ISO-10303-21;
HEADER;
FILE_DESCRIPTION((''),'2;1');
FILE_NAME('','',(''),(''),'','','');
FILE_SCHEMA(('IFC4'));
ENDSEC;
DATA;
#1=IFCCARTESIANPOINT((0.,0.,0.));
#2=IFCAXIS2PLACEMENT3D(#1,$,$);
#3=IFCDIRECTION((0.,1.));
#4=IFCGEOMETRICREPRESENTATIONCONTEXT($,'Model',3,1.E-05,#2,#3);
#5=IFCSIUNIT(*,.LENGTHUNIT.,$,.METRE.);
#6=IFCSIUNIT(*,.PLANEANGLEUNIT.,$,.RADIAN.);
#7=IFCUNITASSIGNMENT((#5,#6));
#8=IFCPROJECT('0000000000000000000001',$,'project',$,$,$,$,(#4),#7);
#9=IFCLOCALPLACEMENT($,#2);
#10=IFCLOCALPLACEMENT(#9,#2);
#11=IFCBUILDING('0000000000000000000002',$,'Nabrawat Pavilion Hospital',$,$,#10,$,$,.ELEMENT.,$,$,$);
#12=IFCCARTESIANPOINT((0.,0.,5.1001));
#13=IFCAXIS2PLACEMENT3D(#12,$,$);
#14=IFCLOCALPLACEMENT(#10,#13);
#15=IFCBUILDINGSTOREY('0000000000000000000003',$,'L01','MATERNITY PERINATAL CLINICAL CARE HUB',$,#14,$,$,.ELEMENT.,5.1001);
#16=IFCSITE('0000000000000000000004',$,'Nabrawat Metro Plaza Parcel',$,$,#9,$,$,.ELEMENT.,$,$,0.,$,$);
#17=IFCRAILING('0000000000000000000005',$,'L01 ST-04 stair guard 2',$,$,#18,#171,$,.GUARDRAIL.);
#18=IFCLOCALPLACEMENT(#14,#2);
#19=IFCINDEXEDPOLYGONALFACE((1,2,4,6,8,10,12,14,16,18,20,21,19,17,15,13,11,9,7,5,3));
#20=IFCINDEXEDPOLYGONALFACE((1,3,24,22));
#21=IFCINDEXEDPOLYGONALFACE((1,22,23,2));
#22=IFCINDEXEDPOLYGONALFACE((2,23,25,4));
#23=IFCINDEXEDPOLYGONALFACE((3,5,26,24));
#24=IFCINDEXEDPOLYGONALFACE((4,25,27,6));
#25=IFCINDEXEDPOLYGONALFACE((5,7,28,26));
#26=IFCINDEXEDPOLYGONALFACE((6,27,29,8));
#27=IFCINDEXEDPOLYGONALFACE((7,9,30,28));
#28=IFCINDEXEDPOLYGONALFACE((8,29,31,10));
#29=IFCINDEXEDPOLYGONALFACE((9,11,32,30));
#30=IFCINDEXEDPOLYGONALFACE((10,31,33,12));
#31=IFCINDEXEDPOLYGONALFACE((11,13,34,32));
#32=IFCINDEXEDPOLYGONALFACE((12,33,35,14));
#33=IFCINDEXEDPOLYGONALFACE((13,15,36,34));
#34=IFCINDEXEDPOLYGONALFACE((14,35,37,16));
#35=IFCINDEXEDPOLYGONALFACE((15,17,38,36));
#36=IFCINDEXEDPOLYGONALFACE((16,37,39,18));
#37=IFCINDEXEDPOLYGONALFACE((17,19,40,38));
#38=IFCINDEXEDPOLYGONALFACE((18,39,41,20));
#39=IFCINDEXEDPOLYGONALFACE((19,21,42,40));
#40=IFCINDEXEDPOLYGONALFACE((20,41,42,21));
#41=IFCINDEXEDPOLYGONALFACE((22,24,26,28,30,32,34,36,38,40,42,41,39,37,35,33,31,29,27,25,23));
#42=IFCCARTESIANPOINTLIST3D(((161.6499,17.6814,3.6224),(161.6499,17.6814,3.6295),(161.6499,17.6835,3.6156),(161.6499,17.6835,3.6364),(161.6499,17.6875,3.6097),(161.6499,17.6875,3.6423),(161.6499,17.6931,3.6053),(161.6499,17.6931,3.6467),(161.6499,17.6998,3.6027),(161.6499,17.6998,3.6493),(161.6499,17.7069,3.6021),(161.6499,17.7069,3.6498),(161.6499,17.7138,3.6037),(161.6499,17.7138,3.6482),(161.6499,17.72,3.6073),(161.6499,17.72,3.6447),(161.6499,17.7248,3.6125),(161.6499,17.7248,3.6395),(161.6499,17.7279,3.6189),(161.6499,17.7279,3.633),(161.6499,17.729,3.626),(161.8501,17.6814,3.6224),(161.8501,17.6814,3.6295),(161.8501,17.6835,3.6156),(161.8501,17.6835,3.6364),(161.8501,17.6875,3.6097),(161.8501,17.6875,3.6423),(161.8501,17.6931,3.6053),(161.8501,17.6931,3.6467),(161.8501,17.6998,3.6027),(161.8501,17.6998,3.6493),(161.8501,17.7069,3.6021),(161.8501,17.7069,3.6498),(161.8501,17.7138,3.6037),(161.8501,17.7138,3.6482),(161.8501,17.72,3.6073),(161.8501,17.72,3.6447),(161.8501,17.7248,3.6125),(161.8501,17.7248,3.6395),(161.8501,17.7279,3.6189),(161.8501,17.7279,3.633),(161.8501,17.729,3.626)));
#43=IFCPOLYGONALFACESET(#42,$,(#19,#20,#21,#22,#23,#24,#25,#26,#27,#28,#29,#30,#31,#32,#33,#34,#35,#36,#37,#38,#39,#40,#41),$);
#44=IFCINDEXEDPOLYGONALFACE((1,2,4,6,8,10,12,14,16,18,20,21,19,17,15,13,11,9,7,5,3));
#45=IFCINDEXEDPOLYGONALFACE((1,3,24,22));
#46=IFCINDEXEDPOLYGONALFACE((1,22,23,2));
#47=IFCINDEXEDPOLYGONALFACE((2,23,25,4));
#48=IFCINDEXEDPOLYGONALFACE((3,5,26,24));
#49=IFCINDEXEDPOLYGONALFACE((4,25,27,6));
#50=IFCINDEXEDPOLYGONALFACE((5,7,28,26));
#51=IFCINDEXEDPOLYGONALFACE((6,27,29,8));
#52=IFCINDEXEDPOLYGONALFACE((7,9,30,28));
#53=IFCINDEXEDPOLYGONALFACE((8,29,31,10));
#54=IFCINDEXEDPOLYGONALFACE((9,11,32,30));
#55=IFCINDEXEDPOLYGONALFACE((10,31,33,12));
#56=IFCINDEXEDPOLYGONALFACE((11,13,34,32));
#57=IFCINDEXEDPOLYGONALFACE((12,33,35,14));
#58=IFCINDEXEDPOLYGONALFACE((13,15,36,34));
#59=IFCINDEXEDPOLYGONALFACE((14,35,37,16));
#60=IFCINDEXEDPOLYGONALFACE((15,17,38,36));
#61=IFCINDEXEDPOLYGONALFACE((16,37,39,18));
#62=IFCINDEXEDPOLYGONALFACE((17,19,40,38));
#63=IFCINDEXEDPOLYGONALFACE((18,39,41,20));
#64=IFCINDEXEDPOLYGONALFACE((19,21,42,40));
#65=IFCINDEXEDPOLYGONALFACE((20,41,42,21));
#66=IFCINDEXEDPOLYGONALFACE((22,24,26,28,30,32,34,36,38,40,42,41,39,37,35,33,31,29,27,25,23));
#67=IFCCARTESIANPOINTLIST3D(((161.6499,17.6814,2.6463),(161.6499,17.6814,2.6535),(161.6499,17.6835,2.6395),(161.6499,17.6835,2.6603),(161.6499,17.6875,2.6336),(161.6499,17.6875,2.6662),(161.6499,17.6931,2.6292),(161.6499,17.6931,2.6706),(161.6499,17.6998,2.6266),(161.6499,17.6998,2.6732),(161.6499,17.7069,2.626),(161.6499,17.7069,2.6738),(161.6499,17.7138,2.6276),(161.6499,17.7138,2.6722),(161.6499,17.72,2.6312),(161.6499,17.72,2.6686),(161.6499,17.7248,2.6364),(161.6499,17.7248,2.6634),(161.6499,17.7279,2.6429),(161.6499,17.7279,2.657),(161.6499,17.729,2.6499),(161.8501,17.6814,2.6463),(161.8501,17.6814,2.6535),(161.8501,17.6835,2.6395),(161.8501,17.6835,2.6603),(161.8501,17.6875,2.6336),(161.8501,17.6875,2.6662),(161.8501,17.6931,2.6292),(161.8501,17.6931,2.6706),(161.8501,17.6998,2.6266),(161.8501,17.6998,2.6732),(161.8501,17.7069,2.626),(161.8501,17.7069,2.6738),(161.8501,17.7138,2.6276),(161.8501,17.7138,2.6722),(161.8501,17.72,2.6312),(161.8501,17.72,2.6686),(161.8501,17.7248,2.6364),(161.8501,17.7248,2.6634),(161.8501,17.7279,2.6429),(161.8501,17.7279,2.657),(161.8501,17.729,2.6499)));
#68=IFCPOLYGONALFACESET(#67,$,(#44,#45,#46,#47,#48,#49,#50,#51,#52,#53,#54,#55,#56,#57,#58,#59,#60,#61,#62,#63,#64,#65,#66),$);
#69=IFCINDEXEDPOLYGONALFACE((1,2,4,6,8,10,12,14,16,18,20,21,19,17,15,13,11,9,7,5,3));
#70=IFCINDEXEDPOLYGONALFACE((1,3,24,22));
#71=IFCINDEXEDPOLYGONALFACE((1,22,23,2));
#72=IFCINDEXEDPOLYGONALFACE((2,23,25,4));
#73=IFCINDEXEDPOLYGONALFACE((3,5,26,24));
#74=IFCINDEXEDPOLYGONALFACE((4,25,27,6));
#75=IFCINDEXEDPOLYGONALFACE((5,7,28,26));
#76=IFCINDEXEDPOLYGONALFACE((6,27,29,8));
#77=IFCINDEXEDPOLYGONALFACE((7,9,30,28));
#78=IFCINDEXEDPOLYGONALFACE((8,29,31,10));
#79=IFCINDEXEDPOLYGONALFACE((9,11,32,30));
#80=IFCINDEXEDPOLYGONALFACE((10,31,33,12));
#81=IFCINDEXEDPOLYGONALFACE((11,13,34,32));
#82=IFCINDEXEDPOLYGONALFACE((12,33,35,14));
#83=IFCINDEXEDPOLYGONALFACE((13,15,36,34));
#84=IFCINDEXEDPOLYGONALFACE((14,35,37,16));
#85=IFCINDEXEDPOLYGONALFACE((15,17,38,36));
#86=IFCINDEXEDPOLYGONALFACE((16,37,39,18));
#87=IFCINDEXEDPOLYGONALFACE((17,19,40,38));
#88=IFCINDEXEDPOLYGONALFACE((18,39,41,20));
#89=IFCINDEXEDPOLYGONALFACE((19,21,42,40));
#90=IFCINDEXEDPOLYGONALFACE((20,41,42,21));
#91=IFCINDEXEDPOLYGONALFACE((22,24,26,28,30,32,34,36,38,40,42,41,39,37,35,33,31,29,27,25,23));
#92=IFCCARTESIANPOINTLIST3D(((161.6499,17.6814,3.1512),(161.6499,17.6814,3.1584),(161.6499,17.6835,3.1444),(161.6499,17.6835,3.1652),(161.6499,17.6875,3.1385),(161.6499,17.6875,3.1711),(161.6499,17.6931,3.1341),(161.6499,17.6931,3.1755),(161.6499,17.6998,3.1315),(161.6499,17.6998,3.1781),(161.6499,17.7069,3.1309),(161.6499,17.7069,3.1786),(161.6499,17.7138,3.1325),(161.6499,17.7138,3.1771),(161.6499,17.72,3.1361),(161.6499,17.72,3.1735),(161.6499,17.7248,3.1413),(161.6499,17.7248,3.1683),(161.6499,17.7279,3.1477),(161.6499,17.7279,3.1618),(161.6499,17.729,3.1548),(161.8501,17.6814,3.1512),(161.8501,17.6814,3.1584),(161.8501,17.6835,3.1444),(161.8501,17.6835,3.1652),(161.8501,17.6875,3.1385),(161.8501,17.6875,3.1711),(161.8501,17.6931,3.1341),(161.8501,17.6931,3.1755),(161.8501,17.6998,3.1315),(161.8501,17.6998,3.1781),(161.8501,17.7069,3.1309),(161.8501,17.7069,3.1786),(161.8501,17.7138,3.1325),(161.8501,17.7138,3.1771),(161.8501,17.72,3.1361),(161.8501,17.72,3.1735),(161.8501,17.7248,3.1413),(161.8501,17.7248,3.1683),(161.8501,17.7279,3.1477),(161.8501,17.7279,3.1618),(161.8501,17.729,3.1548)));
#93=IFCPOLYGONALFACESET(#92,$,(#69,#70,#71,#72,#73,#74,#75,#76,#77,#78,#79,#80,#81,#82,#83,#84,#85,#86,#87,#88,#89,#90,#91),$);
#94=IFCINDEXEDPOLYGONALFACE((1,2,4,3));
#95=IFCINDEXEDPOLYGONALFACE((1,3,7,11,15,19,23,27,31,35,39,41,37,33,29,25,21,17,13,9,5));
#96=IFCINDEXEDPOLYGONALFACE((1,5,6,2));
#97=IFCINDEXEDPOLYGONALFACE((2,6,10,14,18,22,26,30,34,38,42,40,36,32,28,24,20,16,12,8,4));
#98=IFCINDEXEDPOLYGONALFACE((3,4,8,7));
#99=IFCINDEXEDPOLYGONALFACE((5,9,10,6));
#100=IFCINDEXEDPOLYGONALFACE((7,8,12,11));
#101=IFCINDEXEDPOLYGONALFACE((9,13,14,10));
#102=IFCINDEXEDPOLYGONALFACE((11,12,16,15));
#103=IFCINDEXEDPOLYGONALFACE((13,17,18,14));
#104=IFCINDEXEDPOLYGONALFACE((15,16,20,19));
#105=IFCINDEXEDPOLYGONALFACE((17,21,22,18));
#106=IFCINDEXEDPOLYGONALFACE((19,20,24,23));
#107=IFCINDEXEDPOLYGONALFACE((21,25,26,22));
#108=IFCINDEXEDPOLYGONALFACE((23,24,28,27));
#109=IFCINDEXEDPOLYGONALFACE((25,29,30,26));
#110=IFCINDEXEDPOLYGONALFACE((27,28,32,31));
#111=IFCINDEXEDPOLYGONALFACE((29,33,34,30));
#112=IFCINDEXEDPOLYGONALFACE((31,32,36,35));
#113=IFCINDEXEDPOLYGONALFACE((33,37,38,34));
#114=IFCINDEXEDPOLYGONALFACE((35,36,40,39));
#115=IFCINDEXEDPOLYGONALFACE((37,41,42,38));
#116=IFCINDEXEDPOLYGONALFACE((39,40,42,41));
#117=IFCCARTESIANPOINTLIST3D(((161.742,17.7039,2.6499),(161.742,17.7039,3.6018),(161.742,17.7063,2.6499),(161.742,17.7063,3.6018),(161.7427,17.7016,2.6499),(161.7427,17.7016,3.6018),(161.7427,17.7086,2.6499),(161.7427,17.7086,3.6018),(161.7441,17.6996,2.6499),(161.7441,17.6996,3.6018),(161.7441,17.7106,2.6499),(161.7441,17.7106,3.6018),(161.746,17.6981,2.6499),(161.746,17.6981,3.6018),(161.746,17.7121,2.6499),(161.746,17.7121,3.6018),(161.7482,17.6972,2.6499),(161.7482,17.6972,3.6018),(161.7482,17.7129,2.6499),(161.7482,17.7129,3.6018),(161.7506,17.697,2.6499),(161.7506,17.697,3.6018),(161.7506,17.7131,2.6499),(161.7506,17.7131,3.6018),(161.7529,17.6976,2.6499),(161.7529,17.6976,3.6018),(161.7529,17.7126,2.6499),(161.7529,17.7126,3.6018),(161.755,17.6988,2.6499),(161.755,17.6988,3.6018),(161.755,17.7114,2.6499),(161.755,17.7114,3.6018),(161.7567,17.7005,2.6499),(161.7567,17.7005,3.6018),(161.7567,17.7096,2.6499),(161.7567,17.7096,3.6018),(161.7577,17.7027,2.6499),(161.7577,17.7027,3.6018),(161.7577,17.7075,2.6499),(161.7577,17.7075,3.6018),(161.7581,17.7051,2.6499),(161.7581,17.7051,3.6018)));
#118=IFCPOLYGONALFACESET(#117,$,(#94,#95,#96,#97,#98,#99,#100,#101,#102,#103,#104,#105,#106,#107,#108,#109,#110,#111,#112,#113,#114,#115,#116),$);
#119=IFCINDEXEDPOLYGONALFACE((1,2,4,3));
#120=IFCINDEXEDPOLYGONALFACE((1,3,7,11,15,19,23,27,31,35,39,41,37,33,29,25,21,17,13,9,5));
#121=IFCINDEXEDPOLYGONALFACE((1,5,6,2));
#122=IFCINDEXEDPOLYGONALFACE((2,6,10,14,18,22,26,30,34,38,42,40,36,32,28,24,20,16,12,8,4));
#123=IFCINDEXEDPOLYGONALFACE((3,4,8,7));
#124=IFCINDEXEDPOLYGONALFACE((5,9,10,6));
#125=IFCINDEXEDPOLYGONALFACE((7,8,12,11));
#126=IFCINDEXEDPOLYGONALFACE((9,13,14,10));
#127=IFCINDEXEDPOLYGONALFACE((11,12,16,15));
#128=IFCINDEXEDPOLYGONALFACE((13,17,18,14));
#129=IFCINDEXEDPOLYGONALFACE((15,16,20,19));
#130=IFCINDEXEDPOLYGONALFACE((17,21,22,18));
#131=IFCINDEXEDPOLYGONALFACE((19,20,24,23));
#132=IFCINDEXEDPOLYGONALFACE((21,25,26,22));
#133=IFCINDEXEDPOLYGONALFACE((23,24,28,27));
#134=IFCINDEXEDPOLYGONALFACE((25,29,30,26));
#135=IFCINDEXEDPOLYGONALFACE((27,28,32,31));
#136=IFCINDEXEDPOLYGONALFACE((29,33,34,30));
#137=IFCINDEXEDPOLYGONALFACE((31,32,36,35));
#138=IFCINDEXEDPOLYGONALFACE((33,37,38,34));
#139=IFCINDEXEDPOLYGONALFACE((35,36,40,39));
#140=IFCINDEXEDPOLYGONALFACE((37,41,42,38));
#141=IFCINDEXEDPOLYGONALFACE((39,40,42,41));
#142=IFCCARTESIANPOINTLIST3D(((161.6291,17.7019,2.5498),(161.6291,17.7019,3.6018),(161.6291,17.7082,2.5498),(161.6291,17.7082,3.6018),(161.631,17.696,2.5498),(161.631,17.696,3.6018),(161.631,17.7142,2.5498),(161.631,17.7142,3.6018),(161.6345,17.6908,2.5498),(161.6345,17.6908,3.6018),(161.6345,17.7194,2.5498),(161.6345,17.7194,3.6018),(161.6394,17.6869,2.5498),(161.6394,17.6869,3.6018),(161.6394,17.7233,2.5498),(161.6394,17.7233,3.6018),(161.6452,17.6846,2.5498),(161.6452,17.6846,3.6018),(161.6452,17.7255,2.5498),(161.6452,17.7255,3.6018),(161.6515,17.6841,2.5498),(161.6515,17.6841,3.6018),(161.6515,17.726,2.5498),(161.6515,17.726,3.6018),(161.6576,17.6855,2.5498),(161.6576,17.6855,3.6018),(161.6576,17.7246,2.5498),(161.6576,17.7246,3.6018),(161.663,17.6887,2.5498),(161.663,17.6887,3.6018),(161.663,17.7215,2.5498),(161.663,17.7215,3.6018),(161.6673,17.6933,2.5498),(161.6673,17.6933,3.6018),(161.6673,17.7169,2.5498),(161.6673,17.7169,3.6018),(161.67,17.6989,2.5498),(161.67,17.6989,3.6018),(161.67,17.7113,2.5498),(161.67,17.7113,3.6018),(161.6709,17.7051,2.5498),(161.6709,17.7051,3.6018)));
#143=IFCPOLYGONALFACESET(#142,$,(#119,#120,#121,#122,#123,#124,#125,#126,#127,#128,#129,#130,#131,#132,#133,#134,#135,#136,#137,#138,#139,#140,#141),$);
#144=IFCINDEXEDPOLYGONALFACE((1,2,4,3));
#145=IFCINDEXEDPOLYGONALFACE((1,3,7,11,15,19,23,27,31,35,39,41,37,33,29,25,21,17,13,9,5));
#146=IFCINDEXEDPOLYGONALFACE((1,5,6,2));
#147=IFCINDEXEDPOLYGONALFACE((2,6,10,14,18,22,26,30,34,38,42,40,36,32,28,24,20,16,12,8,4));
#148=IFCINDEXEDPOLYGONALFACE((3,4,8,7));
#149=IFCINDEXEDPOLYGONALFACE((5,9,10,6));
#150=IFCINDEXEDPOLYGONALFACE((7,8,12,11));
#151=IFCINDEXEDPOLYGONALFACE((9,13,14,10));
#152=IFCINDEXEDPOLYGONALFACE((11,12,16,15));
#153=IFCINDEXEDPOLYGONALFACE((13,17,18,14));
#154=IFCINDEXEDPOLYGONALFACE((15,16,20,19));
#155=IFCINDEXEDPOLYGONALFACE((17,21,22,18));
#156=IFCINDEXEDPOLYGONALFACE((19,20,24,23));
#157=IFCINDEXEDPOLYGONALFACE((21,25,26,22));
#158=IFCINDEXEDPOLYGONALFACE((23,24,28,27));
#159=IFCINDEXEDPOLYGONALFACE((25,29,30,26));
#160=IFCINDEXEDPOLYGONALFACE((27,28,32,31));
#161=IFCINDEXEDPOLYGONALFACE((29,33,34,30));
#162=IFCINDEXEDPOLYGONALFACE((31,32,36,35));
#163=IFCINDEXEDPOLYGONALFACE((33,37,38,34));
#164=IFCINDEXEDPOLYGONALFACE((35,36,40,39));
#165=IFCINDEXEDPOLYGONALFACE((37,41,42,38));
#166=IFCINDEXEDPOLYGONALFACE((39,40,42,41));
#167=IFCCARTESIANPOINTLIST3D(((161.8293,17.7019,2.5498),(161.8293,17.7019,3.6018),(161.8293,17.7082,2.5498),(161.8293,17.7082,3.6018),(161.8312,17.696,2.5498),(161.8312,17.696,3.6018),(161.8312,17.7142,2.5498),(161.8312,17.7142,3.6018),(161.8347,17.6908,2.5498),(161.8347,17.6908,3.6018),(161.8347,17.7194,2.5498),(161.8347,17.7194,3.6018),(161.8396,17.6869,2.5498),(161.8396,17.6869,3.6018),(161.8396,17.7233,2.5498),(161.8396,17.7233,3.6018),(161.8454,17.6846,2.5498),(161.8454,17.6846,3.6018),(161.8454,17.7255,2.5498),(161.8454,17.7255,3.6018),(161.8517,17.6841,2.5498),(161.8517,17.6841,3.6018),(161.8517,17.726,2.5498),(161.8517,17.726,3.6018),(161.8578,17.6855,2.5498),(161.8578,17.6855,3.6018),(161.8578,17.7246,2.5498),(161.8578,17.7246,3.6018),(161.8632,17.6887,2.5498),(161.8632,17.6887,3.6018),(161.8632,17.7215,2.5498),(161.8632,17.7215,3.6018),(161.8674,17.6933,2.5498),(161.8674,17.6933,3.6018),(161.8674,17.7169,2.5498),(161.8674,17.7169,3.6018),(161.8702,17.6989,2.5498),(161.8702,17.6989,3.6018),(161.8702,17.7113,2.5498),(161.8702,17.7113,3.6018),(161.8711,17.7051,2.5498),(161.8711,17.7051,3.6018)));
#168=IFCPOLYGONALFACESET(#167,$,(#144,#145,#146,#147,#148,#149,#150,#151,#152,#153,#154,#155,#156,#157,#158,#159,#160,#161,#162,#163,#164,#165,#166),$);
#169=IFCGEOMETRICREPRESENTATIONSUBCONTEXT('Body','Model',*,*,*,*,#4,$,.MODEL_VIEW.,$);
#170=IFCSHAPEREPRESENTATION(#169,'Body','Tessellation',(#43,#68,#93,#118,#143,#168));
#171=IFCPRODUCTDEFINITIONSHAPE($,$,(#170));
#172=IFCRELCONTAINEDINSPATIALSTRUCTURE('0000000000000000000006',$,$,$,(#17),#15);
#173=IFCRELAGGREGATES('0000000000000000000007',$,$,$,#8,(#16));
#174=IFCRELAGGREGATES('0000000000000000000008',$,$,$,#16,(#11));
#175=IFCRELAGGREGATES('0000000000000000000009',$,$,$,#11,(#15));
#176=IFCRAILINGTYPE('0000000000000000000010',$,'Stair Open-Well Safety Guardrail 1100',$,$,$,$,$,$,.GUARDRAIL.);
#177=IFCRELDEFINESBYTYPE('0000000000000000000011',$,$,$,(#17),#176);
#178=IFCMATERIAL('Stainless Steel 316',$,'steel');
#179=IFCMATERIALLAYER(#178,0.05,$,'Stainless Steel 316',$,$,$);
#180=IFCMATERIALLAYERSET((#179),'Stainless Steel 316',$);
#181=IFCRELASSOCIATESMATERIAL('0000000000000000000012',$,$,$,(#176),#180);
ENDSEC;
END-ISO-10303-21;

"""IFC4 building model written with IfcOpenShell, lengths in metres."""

from ifc_helpers import new_model, si_unit, direction, frame, origin, origin_2d, place, context, subcontext, project, spatial, circle, extrude, material, layer, layer_set, type_object, element, save


model = new_model("IFC4")

# Units and contexts
model_context = context("Model", 3, precision=1e-05, world=origin(), true_north=direction((0.0, 1.0)))
body_context = subcontext(model_context, "Body", "Model", "MODEL_VIEW")
ifc_project = project(units=[si_unit("LENGTHUNIT", "METRE"), si_unit("PLANEANGLEUNIT", "RADIAN")], contexts=[model_context])

# Site, building, storey
site_placement = place(None, origin())
site = spatial("IfcSite", under=ifc_project, at=site_placement, Name="Nabrawat Metro Plaza Parcel", CompositionType="ELEMENT", RefElevation=0.0)
building_placement = place(site_placement, origin())
building = spatial("IfcBuilding", under=site, at=building_placement, Name="Nabrawat Pavilion Hospital", CompositionType="ELEMENT")
storey_placement = place(building_placement, frame((0.0, 0.0, 5.1001)))
storey = spatial("IfcBuildingStorey", under=building, at=storey_placement, Name="L01", Description="MATERNITY PERINATAL CLINICAL CARE HUB", CompositionType="ELEMENT", Elevation=5.1001)

# Railing
ifc_material_1 = material(Name="Stainless Steel 316", Category="steel")
ifc_layer_1 = layer(ifc_material_1, 0.05, Name="Stainless Steel 316")
ifc_layer_set_1 = layer_set([ifc_layer_1], Name="Stainless Steel 316")
railing_type_1 = type_object("IfcRailingType", Name="Stair Open-Well Safety Guardrail 1100", PredefinedType="GUARDRAIL", material=ifc_layer_set_1)
railing_1_placement = place(storey_placement, frame((161.6499, 17.7051, 2.5498)))
element("IfcRailing", 1, at=railing_1_placement, inside=storey, type_object=railing_type_1, Name="L01 ST-04 stair guard 2", PredefinedType="GUARDRAIL", context=body_context, shape_type="SweptSolid", body=[
    extrude(circle(Radius=0.0239, at=origin_2d()), frame((0.0, 0.0, 1.0762), z_axis=(1.0, 0.0, 0.0), x_axis=(0.0, 1.0, 0.0)), (0.0, 0.0, 1.0), 0.2002),
    extrude(circle(Radius=0.0239, at=origin_2d()), frame((0.0, 0.0, 0.1001), z_axis=(1.0, 0.0, 0.0), x_axis=(0.0, 1.0, 0.0)), (0.0, 0.0, 1.0), 0.2002),
    extrude(circle(Radius=0.0239, at=origin_2d()), frame((0.0, 0.0, 0.605), z_axis=(1.0, 0.0, 0.0), x_axis=(0.0, 1.0, 0.0)), (0.0, 0.0, 1.0), 0.2002),
    extrude(circle(Radius=0.0081, at=origin_2d()), frame((0.1001, 0.0, 0.1001)), (0.0, 0.0, 1.0), 0.9519),
    extrude(circle(Radius=0.021, at=origin_2d()), origin(), (0.0, 0.0, 1.0), 1.052),
    extrude(circle(Radius=0.021, at=origin_2d()), frame((0.2002, 0.0, 0.0)), (0.0, 0.0, 1.0), 1.052),
])

save(model, "model.ifc")
